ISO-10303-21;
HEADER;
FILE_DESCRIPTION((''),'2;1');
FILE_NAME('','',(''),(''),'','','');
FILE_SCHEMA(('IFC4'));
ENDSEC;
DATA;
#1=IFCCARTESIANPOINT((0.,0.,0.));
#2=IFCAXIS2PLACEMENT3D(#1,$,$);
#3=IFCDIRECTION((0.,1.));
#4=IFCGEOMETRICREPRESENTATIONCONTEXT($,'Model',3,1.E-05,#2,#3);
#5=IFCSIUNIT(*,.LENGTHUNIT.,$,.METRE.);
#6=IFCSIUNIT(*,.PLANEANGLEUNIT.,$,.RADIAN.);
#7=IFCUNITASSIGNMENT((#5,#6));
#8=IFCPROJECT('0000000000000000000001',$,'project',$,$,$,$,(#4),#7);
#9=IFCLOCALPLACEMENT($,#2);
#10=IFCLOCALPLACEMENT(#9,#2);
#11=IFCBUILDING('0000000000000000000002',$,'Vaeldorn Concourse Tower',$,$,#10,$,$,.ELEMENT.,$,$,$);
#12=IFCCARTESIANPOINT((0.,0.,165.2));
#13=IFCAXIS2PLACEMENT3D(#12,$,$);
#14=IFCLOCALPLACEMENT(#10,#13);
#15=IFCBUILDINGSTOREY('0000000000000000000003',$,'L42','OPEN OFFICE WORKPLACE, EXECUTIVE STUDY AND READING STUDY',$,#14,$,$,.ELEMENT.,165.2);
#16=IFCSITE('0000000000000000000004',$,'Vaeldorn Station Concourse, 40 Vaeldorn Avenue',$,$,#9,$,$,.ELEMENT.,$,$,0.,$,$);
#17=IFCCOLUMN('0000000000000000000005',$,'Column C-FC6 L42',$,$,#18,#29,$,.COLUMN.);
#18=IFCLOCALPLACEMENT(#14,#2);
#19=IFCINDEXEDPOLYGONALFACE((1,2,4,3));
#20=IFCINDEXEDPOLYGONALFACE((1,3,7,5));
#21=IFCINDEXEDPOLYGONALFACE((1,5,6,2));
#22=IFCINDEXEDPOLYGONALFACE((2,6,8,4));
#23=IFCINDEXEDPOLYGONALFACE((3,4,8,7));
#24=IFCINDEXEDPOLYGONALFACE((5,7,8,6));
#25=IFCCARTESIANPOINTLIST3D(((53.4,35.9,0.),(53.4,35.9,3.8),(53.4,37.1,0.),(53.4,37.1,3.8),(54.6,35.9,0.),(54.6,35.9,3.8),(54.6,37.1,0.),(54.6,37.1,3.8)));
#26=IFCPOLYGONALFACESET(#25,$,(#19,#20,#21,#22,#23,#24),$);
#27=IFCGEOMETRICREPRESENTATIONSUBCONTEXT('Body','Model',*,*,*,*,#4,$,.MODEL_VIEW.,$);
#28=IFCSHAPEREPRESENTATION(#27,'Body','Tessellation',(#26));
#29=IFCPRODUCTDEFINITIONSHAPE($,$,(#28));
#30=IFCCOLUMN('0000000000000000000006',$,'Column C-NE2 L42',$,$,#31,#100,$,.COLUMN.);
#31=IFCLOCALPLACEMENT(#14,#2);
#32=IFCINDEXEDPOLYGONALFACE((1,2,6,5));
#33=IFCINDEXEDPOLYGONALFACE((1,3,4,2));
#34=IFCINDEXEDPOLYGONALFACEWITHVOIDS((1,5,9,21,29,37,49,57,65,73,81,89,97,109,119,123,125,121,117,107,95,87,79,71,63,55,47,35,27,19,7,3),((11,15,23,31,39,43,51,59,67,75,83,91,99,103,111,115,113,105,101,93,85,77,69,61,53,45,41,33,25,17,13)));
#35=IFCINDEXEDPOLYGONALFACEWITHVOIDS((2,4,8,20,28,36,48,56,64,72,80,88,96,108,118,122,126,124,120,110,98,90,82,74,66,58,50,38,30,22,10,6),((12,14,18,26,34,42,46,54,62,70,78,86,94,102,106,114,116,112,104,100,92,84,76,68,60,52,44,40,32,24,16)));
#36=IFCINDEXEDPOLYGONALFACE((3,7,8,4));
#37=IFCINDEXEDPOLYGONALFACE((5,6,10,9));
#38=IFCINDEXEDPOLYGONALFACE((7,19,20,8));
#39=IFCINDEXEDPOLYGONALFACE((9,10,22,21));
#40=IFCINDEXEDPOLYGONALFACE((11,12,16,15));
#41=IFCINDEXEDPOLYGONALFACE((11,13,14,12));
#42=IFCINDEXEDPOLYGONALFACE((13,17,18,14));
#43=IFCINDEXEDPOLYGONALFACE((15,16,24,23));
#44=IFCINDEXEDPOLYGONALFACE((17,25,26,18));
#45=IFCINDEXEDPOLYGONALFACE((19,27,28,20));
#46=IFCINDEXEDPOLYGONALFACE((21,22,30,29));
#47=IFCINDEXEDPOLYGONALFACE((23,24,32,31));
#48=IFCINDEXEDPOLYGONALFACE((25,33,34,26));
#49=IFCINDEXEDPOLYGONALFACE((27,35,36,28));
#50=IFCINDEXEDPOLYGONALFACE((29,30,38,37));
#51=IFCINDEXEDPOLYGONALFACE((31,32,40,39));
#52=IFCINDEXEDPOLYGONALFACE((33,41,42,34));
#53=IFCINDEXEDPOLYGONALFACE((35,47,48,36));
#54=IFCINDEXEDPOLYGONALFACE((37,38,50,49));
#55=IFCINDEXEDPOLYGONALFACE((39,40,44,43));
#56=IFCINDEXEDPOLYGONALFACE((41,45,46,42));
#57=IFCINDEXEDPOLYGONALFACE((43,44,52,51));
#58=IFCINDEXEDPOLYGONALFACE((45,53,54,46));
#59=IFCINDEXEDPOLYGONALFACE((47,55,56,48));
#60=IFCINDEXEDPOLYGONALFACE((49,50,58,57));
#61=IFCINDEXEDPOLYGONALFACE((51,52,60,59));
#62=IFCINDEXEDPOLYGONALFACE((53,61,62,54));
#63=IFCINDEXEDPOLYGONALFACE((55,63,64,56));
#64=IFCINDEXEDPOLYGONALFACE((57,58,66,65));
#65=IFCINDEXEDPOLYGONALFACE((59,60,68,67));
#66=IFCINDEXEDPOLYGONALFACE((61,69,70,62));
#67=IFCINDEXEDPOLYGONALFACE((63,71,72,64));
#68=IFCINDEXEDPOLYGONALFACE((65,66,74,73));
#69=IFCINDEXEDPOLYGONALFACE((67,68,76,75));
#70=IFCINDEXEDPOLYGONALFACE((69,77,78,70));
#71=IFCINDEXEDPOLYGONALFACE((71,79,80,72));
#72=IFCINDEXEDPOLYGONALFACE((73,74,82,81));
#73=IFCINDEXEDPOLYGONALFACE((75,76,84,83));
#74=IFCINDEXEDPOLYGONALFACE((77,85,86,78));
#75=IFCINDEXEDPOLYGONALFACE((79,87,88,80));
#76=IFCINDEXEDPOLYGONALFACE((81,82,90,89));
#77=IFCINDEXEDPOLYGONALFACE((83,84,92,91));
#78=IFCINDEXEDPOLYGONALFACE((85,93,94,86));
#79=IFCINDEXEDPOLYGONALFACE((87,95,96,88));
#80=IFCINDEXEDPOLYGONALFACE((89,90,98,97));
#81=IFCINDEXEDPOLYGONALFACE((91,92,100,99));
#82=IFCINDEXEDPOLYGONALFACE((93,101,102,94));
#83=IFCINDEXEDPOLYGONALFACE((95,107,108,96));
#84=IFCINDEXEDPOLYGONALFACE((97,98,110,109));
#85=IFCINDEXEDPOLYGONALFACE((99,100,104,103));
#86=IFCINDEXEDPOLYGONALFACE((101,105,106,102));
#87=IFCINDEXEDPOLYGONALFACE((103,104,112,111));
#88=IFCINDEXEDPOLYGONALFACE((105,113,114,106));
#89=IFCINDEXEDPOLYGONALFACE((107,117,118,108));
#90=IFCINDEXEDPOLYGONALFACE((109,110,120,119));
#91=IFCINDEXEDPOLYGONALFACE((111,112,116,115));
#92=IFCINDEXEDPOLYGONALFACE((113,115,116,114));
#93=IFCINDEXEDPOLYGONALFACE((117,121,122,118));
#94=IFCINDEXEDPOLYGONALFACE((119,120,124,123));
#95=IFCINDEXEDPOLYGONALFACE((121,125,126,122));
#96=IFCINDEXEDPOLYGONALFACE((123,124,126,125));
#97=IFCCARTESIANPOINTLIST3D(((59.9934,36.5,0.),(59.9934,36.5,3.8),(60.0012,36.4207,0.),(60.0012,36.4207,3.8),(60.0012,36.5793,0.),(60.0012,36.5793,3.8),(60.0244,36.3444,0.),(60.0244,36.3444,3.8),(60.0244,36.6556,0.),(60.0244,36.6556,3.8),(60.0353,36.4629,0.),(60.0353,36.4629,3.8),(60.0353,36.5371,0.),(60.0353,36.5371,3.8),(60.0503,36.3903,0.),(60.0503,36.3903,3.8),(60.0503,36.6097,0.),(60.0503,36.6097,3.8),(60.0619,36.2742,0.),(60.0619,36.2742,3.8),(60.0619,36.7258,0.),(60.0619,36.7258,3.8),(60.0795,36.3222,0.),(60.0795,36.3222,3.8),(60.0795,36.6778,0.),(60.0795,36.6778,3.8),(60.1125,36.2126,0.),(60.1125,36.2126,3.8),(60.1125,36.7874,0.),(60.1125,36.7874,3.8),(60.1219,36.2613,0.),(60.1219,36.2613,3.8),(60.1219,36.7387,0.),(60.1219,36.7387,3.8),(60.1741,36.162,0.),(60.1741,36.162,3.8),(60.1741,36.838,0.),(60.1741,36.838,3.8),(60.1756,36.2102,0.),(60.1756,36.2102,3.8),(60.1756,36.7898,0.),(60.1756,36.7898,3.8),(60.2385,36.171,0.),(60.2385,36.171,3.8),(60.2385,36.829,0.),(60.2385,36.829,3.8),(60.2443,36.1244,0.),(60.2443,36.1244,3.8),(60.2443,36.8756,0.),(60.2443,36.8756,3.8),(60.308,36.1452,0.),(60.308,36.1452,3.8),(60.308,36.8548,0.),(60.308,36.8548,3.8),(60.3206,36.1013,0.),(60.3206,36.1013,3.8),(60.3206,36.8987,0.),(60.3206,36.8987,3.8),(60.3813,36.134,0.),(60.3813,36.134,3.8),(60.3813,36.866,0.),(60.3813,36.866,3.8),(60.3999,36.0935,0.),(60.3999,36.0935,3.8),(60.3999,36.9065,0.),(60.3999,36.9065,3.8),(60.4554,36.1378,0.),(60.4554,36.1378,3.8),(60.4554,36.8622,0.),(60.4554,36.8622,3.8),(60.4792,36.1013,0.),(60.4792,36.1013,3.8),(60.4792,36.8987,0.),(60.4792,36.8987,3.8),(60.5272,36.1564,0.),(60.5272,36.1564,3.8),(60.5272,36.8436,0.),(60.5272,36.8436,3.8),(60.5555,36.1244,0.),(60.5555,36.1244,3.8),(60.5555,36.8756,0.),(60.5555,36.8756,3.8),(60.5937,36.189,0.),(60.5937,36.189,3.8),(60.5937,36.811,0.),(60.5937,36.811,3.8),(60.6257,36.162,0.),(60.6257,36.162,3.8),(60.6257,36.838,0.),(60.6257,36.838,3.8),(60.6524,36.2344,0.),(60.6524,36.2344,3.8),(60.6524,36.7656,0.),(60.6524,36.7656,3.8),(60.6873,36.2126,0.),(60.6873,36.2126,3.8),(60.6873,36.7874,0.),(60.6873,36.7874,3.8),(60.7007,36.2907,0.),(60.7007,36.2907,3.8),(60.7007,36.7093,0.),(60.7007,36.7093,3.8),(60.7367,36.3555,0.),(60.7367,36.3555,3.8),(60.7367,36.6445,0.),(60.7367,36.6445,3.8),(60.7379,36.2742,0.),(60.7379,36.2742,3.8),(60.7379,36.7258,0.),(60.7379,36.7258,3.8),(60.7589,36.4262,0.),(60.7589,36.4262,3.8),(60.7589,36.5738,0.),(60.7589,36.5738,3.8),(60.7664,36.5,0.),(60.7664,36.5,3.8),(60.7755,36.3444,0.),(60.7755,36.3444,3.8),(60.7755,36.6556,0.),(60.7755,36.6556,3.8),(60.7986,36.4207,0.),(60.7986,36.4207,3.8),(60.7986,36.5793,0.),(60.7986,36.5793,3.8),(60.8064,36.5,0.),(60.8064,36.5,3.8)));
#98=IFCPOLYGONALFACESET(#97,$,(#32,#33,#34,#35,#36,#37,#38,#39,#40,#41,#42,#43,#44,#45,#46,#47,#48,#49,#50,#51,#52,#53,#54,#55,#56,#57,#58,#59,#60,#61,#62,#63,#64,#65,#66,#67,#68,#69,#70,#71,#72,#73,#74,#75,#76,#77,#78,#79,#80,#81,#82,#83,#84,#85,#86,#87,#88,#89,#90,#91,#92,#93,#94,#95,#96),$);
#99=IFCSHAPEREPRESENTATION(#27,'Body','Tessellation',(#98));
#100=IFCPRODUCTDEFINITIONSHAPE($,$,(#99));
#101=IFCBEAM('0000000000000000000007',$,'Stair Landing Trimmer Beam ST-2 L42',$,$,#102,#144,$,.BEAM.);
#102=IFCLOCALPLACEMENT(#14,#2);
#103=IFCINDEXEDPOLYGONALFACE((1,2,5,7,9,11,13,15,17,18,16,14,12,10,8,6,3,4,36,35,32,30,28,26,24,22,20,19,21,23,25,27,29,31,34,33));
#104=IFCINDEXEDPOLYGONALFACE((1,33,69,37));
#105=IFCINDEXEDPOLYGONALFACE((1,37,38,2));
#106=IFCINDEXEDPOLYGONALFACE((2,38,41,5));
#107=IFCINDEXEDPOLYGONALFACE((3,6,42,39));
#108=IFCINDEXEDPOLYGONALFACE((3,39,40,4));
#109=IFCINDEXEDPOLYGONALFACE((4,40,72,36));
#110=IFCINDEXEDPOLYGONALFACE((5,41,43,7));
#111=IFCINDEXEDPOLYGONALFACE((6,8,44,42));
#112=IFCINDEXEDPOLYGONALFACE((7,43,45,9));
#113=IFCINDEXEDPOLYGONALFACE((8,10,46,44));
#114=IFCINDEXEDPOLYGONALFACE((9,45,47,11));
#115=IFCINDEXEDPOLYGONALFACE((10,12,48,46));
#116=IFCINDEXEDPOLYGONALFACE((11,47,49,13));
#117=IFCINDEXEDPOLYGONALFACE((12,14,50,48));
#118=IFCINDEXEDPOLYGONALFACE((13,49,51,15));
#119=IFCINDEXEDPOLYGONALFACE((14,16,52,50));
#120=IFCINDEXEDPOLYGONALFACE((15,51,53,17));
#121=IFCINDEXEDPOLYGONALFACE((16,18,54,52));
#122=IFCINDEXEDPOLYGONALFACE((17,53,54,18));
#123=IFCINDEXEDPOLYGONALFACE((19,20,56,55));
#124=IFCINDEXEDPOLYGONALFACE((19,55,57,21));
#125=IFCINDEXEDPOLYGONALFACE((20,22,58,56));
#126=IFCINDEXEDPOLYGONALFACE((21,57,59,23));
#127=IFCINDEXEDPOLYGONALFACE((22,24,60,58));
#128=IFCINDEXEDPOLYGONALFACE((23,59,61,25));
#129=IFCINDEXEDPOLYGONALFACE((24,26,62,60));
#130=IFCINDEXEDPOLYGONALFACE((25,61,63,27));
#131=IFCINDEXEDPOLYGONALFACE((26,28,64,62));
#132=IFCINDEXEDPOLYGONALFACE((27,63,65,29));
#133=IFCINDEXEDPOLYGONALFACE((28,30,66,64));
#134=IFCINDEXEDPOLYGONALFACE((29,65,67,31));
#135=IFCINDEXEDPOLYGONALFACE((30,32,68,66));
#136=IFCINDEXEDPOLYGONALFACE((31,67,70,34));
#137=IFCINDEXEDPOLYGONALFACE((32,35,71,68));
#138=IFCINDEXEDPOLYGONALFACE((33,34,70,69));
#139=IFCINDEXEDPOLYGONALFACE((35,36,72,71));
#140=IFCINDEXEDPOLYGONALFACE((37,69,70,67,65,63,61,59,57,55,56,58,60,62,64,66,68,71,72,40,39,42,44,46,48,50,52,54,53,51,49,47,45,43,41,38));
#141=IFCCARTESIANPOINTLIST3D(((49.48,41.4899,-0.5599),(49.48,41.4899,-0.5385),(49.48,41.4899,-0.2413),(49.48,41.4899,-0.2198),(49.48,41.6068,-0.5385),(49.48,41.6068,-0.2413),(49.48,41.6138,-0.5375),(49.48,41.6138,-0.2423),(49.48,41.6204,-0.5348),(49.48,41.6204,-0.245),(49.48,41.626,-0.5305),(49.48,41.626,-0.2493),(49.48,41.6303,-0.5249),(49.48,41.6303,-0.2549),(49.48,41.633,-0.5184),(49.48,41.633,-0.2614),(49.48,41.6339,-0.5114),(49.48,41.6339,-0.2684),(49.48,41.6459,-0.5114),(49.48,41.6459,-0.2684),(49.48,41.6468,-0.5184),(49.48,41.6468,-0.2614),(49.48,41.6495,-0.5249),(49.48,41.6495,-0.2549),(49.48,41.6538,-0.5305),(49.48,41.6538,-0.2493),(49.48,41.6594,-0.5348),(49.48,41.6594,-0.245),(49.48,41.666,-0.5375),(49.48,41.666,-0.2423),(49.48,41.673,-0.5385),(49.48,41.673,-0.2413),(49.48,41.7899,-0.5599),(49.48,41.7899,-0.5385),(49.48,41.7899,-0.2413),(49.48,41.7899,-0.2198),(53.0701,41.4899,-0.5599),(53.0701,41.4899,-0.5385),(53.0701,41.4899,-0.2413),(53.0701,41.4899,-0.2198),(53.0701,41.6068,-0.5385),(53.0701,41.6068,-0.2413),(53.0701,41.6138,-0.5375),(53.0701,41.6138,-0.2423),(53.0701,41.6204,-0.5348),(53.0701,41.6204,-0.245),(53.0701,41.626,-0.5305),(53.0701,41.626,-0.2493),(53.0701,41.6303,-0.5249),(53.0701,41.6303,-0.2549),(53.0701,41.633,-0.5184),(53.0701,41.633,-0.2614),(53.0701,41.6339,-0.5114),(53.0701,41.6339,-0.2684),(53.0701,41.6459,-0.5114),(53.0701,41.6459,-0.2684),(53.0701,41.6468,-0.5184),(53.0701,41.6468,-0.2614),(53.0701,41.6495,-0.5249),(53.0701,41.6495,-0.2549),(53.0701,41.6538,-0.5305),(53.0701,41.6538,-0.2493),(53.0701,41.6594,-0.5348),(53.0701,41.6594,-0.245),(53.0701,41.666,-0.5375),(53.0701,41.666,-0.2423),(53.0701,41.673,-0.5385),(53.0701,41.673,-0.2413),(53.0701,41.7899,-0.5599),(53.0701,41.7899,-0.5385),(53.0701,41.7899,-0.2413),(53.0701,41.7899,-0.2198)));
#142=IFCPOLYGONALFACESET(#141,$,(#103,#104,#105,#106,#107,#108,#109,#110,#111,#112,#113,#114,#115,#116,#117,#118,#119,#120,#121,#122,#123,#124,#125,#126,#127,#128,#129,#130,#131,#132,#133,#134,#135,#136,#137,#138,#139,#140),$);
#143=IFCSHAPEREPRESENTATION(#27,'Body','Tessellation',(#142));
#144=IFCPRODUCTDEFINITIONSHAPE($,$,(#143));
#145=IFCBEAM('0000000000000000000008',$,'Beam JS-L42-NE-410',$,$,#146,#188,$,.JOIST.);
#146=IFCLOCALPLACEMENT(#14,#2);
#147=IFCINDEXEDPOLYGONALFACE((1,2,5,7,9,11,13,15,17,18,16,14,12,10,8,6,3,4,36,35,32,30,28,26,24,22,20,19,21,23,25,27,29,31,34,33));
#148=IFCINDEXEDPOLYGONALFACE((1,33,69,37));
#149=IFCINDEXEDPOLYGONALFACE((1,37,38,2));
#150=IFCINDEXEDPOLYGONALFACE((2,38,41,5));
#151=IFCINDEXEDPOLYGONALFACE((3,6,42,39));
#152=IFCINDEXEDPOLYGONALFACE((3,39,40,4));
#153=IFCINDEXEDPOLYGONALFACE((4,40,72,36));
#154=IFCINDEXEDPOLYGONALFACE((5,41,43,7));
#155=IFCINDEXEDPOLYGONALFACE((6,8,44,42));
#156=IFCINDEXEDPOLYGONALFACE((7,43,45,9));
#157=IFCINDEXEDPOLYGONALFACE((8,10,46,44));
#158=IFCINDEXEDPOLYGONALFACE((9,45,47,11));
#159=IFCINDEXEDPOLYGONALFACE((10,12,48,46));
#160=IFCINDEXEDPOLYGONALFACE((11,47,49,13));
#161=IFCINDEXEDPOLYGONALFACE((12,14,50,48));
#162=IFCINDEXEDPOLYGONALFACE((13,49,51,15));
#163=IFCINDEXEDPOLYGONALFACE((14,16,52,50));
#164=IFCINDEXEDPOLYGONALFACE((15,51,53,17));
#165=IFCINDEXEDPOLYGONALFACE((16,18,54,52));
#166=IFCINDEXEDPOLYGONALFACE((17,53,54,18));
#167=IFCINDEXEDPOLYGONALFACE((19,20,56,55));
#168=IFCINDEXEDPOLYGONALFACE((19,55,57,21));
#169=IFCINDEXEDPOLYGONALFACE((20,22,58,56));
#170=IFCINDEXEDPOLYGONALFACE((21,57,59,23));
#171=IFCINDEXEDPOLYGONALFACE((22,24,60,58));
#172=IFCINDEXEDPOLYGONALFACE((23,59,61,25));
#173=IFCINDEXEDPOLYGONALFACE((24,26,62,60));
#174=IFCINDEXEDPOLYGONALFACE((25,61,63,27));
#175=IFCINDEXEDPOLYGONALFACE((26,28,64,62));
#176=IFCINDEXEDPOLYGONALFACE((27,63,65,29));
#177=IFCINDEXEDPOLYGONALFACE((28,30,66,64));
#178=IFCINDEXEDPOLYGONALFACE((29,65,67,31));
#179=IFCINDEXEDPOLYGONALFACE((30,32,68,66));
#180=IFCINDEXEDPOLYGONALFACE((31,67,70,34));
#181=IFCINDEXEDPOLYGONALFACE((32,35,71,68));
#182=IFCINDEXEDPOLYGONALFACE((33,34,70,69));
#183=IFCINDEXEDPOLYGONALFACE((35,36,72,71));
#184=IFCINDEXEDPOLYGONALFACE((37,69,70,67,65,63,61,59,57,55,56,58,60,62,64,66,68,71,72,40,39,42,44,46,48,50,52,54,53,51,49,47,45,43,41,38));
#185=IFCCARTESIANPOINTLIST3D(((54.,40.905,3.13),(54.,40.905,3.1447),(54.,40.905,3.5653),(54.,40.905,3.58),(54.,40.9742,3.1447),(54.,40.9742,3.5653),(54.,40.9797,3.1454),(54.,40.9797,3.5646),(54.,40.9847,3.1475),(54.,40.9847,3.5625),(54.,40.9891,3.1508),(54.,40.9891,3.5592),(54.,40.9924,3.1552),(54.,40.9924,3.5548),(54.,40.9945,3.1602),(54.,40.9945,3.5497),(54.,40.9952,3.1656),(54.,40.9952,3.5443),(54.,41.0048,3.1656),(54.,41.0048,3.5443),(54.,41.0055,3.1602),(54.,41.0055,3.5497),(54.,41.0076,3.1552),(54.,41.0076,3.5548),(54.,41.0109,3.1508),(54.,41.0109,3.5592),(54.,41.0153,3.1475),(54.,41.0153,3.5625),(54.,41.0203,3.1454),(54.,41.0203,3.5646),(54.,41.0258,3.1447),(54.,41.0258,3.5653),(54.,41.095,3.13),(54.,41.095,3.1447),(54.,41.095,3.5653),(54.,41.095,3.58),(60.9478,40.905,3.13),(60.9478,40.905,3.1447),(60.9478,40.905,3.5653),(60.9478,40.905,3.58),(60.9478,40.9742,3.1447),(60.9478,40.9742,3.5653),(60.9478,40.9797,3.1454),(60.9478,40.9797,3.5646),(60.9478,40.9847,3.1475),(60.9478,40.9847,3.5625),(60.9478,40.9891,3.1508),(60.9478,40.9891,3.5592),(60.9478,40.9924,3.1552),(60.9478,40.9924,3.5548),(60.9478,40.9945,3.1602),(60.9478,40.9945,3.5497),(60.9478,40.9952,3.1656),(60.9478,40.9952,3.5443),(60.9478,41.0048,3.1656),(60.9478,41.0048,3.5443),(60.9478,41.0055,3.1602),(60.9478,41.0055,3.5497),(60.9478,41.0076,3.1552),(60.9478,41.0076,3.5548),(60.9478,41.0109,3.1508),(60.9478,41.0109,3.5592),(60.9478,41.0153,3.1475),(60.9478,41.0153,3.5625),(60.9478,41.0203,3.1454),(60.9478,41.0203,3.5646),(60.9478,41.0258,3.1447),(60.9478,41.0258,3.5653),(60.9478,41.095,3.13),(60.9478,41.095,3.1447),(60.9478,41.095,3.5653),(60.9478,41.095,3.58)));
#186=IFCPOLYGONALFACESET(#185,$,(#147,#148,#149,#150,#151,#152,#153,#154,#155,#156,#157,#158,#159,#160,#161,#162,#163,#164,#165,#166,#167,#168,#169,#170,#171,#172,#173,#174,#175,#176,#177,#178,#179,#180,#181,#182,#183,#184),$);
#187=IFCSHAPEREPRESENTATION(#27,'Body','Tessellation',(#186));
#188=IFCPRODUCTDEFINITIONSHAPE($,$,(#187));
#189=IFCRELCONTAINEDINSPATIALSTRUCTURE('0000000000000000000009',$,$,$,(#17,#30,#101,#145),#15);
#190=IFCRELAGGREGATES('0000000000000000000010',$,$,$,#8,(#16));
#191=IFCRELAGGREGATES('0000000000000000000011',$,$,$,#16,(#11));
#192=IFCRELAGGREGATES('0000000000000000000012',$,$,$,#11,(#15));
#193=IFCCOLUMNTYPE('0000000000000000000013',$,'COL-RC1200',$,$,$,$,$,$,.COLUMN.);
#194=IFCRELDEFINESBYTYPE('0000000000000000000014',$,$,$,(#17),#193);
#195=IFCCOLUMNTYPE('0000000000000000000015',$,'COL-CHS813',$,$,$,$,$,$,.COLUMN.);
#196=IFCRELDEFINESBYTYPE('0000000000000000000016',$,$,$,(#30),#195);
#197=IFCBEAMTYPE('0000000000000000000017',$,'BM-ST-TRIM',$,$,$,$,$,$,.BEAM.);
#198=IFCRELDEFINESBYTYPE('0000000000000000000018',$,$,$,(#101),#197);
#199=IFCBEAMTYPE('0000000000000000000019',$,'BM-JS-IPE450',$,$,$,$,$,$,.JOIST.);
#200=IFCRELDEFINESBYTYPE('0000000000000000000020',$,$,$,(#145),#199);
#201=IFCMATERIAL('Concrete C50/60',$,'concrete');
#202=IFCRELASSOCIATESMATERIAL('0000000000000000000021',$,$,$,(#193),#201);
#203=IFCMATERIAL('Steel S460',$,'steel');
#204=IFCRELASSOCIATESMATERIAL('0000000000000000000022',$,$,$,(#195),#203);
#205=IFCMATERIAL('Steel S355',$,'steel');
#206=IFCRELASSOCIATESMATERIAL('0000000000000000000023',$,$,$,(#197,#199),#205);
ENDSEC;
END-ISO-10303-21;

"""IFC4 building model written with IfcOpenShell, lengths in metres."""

from ifc_helpers import new_model, si_unit, direction, frame, origin, origin_2d, place, context, subcontext, project, spatial, rectangle, hollow_circle, i_section, extrude, source, transform, mapped, material, material_profile, profile_set, type_object, element, save


model = new_model("IFC4")

# Units and contexts
model_context = context("Model", 3, precision=1e-05, world=origin(), true_north=direction((0.0, 1.0)))
body_context = subcontext(model_context, "Body", "Model", "MODEL_VIEW")
ifc_project = project(units=[si_unit("LENGTHUNIT", "METRE"), si_unit("PLANEANGLEUNIT", "RADIAN")], contexts=[model_context])

# Site, building, storey
site_placement = place(None, origin())
site = spatial("IfcSite", under=ifc_project, at=site_placement, Name="Vaeldorn Station Concourse, 40 Vaeldorn Avenue", CompositionType="ELEMENT", RefElevation=0.0)
building_placement = place(site_placement, origin())
building = spatial("IfcBuilding", under=site, at=building_placement, Name="Vaeldorn Concourse Tower", CompositionType="ELEMENT")
storey_placement = place(building_placement, frame((0.0, 0.0, 165.2)))
storey = spatial("IfcBuildingStorey", under=building, at=storey_placement, Name="L42", Description="OPEN OFFICE WORKPLACE, EXECUTIVE STUDY AND READING STUDY", CompositionType="ELEMENT", Elevation=165.2)

# Columns
ifc_material_1 = material(Name="Concrete C50/60", Category="concrete")
ifc_material_profile_1 = material_profile(ifc_material_1, rectangle(XDim=1.2, YDim=1.2, at=origin_2d()), Name="RC 1200x1200")
ifc_profile_set_1 = profile_set([ifc_material_profile_1], Name="Concrete C50/60")
column_type_1 = type_object("IfcColumnType", Name="COL-RC1200", PredefinedType="COLUMN", material=ifc_profile_set_1)
shared_shape_1 = source(origin(), body_context, "Body", "SweptSolid", [
    extrude(rectangle(XDim=1.2, YDim=1.2, at=origin_2d()), origin(), (0.0, 0.0, 1.0), 3.8),
])
column_1_placement = place(storey_placement, frame((54.0, 36.5, 0.0), z_axis=(0.0, 0.0, 1.0), x_axis=(1.0, 0.0, 0.0)))
element("IfcColumn", 1, at=column_1_placement, inside=storey, type_object=column_type_1, Name="Column C-FC6 L42", PredefinedType="COLUMN", context=body_context, shape_type="MappedRepresentation", body=[
    mapped(shared_shape_1, transform((0.0, 0.0, 0.0), scale=1.0)),
])
ifc_material_2 = material(Name="Steel S460", Category="steel")
ifc_material_profile_2 = material_profile(ifc_material_2, hollow_circle(Radius=0.4065, WallThickness=0.04, at=origin_2d()), Name="CHS 813x40")
ifc_profile_set_2 = profile_set([ifc_material_profile_2], Name="Steel S460")
column_type_2 = type_object("IfcColumnType", Name="COL-CHS813", PredefinedType="COLUMN", material=ifc_profile_set_2)
shared_shape_2 = source(origin(), body_context, "Body", "SweptSolid", [
    extrude(hollow_circle(Radius=0.4065, WallThickness=0.04, at=origin_2d()), origin(), (0.0, 0.0, 1.0), 3.8),
])
column_2_placement = place(storey_placement, frame((60.3999, 36.5, 0.0), z_axis=(0.0, 0.0, 1.0), x_axis=(1.0, 0.0, 0.0)))
element("IfcColumn", 2, at=column_2_placement, inside=storey, type_object=column_type_2, Name="Column C-NE2 L42", PredefinedType="COLUMN", context=body_context, shape_type="MappedRepresentation", body=[
    mapped(shared_shape_2, transform((0.0, 0.0, 0.0), scale=1.0)),
])

# Beams
ifc_material_3 = material(Name="Steel S355", Category="steel")
ifc_material_profile_3 = material_profile(ifc_material_3, i_section(OverallWidth=0.3, OverallDepth=0.3401, WebThickness=0.012, FlangeThickness=0.0215, FilletRadius=0.0271, at=origin_2d()), Name="HEB 340")
ifc_profile_set_3 = profile_set([ifc_material_profile_3], Name="Steel S355")
beam_type_1 = type_object("IfcBeamType", Name="BM-ST-TRIM", PredefinedType="BEAM", material=ifc_profile_set_3)
shared_shape_3 = source(origin(), body_context, "Body", "SweptSolid", [
    extrude(i_section(OverallWidth=0.3, OverallDepth=0.3401, WebThickness=0.012, FlangeThickness=0.0215, FilletRadius=0.0271, at=origin_2d()), origin(), (0.0, 0.0, 1.0), 3.5901),
])
beam_1_placement = place(storey_placement, frame((49.48, 41.6399, -0.3899), z_axis=(1.0, 0.0, 0.0), x_axis=(0.0, 1.0, 0.0)))
element("IfcBeam", 3, at=beam_1_placement, inside=storey, type_object=beam_type_1, Name="Stair Landing Trimmer Beam ST-2 L42", PredefinedType="BEAM", context=body_context, shape_type="MappedRepresentation", body=[
    mapped(shared_shape_3, transform((0.0, 0.0, 0.0), scale=1.0)),
])
ifc_material_profile_4 = material_profile(ifc_material_3, i_section(OverallWidth=0.1899, OverallDepth=0.45, WebThickness=0.0095, FlangeThickness=0.0146, FilletRadius=0.021, at=origin_2d()), Name="IPE 450")
ifc_profile_set_4 = profile_set([ifc_material_profile_4], Name="Steel S355")
beam_type_2 = type_object("IfcBeamType", Name="BM-JS-IPE450", PredefinedType="JOIST", material=ifc_profile_set_4)
shared_shape_4 = source(origin(), body_context, "Body", "SweptSolid", [
    extrude(i_section(OverallWidth=0.1899, OverallDepth=0.45, WebThickness=0.0095, FlangeThickness=0.0146, FilletRadius=0.021, at=origin_2d()), origin(), (0.0, 0.0, 1.0), 6.9478),
])
beam_2_placement = place(storey_placement, frame((54.0, 41.0, 3.355), z_axis=(1.0, 0.0, 0.0), x_axis=(0.0, 1.0, 0.0)))
element("IfcBeam", 4, at=beam_2_placement, inside=storey, type_object=beam_type_2, Name="Beam JS-L42-NE-410", PredefinedType="JOIST", context=body_context, shape_type="MappedRepresentation", body=[
    mapped(shared_shape_4, transform((0.0, 0.0, 0.0), scale=1.0)),
])

save(model, "model.ifc")
